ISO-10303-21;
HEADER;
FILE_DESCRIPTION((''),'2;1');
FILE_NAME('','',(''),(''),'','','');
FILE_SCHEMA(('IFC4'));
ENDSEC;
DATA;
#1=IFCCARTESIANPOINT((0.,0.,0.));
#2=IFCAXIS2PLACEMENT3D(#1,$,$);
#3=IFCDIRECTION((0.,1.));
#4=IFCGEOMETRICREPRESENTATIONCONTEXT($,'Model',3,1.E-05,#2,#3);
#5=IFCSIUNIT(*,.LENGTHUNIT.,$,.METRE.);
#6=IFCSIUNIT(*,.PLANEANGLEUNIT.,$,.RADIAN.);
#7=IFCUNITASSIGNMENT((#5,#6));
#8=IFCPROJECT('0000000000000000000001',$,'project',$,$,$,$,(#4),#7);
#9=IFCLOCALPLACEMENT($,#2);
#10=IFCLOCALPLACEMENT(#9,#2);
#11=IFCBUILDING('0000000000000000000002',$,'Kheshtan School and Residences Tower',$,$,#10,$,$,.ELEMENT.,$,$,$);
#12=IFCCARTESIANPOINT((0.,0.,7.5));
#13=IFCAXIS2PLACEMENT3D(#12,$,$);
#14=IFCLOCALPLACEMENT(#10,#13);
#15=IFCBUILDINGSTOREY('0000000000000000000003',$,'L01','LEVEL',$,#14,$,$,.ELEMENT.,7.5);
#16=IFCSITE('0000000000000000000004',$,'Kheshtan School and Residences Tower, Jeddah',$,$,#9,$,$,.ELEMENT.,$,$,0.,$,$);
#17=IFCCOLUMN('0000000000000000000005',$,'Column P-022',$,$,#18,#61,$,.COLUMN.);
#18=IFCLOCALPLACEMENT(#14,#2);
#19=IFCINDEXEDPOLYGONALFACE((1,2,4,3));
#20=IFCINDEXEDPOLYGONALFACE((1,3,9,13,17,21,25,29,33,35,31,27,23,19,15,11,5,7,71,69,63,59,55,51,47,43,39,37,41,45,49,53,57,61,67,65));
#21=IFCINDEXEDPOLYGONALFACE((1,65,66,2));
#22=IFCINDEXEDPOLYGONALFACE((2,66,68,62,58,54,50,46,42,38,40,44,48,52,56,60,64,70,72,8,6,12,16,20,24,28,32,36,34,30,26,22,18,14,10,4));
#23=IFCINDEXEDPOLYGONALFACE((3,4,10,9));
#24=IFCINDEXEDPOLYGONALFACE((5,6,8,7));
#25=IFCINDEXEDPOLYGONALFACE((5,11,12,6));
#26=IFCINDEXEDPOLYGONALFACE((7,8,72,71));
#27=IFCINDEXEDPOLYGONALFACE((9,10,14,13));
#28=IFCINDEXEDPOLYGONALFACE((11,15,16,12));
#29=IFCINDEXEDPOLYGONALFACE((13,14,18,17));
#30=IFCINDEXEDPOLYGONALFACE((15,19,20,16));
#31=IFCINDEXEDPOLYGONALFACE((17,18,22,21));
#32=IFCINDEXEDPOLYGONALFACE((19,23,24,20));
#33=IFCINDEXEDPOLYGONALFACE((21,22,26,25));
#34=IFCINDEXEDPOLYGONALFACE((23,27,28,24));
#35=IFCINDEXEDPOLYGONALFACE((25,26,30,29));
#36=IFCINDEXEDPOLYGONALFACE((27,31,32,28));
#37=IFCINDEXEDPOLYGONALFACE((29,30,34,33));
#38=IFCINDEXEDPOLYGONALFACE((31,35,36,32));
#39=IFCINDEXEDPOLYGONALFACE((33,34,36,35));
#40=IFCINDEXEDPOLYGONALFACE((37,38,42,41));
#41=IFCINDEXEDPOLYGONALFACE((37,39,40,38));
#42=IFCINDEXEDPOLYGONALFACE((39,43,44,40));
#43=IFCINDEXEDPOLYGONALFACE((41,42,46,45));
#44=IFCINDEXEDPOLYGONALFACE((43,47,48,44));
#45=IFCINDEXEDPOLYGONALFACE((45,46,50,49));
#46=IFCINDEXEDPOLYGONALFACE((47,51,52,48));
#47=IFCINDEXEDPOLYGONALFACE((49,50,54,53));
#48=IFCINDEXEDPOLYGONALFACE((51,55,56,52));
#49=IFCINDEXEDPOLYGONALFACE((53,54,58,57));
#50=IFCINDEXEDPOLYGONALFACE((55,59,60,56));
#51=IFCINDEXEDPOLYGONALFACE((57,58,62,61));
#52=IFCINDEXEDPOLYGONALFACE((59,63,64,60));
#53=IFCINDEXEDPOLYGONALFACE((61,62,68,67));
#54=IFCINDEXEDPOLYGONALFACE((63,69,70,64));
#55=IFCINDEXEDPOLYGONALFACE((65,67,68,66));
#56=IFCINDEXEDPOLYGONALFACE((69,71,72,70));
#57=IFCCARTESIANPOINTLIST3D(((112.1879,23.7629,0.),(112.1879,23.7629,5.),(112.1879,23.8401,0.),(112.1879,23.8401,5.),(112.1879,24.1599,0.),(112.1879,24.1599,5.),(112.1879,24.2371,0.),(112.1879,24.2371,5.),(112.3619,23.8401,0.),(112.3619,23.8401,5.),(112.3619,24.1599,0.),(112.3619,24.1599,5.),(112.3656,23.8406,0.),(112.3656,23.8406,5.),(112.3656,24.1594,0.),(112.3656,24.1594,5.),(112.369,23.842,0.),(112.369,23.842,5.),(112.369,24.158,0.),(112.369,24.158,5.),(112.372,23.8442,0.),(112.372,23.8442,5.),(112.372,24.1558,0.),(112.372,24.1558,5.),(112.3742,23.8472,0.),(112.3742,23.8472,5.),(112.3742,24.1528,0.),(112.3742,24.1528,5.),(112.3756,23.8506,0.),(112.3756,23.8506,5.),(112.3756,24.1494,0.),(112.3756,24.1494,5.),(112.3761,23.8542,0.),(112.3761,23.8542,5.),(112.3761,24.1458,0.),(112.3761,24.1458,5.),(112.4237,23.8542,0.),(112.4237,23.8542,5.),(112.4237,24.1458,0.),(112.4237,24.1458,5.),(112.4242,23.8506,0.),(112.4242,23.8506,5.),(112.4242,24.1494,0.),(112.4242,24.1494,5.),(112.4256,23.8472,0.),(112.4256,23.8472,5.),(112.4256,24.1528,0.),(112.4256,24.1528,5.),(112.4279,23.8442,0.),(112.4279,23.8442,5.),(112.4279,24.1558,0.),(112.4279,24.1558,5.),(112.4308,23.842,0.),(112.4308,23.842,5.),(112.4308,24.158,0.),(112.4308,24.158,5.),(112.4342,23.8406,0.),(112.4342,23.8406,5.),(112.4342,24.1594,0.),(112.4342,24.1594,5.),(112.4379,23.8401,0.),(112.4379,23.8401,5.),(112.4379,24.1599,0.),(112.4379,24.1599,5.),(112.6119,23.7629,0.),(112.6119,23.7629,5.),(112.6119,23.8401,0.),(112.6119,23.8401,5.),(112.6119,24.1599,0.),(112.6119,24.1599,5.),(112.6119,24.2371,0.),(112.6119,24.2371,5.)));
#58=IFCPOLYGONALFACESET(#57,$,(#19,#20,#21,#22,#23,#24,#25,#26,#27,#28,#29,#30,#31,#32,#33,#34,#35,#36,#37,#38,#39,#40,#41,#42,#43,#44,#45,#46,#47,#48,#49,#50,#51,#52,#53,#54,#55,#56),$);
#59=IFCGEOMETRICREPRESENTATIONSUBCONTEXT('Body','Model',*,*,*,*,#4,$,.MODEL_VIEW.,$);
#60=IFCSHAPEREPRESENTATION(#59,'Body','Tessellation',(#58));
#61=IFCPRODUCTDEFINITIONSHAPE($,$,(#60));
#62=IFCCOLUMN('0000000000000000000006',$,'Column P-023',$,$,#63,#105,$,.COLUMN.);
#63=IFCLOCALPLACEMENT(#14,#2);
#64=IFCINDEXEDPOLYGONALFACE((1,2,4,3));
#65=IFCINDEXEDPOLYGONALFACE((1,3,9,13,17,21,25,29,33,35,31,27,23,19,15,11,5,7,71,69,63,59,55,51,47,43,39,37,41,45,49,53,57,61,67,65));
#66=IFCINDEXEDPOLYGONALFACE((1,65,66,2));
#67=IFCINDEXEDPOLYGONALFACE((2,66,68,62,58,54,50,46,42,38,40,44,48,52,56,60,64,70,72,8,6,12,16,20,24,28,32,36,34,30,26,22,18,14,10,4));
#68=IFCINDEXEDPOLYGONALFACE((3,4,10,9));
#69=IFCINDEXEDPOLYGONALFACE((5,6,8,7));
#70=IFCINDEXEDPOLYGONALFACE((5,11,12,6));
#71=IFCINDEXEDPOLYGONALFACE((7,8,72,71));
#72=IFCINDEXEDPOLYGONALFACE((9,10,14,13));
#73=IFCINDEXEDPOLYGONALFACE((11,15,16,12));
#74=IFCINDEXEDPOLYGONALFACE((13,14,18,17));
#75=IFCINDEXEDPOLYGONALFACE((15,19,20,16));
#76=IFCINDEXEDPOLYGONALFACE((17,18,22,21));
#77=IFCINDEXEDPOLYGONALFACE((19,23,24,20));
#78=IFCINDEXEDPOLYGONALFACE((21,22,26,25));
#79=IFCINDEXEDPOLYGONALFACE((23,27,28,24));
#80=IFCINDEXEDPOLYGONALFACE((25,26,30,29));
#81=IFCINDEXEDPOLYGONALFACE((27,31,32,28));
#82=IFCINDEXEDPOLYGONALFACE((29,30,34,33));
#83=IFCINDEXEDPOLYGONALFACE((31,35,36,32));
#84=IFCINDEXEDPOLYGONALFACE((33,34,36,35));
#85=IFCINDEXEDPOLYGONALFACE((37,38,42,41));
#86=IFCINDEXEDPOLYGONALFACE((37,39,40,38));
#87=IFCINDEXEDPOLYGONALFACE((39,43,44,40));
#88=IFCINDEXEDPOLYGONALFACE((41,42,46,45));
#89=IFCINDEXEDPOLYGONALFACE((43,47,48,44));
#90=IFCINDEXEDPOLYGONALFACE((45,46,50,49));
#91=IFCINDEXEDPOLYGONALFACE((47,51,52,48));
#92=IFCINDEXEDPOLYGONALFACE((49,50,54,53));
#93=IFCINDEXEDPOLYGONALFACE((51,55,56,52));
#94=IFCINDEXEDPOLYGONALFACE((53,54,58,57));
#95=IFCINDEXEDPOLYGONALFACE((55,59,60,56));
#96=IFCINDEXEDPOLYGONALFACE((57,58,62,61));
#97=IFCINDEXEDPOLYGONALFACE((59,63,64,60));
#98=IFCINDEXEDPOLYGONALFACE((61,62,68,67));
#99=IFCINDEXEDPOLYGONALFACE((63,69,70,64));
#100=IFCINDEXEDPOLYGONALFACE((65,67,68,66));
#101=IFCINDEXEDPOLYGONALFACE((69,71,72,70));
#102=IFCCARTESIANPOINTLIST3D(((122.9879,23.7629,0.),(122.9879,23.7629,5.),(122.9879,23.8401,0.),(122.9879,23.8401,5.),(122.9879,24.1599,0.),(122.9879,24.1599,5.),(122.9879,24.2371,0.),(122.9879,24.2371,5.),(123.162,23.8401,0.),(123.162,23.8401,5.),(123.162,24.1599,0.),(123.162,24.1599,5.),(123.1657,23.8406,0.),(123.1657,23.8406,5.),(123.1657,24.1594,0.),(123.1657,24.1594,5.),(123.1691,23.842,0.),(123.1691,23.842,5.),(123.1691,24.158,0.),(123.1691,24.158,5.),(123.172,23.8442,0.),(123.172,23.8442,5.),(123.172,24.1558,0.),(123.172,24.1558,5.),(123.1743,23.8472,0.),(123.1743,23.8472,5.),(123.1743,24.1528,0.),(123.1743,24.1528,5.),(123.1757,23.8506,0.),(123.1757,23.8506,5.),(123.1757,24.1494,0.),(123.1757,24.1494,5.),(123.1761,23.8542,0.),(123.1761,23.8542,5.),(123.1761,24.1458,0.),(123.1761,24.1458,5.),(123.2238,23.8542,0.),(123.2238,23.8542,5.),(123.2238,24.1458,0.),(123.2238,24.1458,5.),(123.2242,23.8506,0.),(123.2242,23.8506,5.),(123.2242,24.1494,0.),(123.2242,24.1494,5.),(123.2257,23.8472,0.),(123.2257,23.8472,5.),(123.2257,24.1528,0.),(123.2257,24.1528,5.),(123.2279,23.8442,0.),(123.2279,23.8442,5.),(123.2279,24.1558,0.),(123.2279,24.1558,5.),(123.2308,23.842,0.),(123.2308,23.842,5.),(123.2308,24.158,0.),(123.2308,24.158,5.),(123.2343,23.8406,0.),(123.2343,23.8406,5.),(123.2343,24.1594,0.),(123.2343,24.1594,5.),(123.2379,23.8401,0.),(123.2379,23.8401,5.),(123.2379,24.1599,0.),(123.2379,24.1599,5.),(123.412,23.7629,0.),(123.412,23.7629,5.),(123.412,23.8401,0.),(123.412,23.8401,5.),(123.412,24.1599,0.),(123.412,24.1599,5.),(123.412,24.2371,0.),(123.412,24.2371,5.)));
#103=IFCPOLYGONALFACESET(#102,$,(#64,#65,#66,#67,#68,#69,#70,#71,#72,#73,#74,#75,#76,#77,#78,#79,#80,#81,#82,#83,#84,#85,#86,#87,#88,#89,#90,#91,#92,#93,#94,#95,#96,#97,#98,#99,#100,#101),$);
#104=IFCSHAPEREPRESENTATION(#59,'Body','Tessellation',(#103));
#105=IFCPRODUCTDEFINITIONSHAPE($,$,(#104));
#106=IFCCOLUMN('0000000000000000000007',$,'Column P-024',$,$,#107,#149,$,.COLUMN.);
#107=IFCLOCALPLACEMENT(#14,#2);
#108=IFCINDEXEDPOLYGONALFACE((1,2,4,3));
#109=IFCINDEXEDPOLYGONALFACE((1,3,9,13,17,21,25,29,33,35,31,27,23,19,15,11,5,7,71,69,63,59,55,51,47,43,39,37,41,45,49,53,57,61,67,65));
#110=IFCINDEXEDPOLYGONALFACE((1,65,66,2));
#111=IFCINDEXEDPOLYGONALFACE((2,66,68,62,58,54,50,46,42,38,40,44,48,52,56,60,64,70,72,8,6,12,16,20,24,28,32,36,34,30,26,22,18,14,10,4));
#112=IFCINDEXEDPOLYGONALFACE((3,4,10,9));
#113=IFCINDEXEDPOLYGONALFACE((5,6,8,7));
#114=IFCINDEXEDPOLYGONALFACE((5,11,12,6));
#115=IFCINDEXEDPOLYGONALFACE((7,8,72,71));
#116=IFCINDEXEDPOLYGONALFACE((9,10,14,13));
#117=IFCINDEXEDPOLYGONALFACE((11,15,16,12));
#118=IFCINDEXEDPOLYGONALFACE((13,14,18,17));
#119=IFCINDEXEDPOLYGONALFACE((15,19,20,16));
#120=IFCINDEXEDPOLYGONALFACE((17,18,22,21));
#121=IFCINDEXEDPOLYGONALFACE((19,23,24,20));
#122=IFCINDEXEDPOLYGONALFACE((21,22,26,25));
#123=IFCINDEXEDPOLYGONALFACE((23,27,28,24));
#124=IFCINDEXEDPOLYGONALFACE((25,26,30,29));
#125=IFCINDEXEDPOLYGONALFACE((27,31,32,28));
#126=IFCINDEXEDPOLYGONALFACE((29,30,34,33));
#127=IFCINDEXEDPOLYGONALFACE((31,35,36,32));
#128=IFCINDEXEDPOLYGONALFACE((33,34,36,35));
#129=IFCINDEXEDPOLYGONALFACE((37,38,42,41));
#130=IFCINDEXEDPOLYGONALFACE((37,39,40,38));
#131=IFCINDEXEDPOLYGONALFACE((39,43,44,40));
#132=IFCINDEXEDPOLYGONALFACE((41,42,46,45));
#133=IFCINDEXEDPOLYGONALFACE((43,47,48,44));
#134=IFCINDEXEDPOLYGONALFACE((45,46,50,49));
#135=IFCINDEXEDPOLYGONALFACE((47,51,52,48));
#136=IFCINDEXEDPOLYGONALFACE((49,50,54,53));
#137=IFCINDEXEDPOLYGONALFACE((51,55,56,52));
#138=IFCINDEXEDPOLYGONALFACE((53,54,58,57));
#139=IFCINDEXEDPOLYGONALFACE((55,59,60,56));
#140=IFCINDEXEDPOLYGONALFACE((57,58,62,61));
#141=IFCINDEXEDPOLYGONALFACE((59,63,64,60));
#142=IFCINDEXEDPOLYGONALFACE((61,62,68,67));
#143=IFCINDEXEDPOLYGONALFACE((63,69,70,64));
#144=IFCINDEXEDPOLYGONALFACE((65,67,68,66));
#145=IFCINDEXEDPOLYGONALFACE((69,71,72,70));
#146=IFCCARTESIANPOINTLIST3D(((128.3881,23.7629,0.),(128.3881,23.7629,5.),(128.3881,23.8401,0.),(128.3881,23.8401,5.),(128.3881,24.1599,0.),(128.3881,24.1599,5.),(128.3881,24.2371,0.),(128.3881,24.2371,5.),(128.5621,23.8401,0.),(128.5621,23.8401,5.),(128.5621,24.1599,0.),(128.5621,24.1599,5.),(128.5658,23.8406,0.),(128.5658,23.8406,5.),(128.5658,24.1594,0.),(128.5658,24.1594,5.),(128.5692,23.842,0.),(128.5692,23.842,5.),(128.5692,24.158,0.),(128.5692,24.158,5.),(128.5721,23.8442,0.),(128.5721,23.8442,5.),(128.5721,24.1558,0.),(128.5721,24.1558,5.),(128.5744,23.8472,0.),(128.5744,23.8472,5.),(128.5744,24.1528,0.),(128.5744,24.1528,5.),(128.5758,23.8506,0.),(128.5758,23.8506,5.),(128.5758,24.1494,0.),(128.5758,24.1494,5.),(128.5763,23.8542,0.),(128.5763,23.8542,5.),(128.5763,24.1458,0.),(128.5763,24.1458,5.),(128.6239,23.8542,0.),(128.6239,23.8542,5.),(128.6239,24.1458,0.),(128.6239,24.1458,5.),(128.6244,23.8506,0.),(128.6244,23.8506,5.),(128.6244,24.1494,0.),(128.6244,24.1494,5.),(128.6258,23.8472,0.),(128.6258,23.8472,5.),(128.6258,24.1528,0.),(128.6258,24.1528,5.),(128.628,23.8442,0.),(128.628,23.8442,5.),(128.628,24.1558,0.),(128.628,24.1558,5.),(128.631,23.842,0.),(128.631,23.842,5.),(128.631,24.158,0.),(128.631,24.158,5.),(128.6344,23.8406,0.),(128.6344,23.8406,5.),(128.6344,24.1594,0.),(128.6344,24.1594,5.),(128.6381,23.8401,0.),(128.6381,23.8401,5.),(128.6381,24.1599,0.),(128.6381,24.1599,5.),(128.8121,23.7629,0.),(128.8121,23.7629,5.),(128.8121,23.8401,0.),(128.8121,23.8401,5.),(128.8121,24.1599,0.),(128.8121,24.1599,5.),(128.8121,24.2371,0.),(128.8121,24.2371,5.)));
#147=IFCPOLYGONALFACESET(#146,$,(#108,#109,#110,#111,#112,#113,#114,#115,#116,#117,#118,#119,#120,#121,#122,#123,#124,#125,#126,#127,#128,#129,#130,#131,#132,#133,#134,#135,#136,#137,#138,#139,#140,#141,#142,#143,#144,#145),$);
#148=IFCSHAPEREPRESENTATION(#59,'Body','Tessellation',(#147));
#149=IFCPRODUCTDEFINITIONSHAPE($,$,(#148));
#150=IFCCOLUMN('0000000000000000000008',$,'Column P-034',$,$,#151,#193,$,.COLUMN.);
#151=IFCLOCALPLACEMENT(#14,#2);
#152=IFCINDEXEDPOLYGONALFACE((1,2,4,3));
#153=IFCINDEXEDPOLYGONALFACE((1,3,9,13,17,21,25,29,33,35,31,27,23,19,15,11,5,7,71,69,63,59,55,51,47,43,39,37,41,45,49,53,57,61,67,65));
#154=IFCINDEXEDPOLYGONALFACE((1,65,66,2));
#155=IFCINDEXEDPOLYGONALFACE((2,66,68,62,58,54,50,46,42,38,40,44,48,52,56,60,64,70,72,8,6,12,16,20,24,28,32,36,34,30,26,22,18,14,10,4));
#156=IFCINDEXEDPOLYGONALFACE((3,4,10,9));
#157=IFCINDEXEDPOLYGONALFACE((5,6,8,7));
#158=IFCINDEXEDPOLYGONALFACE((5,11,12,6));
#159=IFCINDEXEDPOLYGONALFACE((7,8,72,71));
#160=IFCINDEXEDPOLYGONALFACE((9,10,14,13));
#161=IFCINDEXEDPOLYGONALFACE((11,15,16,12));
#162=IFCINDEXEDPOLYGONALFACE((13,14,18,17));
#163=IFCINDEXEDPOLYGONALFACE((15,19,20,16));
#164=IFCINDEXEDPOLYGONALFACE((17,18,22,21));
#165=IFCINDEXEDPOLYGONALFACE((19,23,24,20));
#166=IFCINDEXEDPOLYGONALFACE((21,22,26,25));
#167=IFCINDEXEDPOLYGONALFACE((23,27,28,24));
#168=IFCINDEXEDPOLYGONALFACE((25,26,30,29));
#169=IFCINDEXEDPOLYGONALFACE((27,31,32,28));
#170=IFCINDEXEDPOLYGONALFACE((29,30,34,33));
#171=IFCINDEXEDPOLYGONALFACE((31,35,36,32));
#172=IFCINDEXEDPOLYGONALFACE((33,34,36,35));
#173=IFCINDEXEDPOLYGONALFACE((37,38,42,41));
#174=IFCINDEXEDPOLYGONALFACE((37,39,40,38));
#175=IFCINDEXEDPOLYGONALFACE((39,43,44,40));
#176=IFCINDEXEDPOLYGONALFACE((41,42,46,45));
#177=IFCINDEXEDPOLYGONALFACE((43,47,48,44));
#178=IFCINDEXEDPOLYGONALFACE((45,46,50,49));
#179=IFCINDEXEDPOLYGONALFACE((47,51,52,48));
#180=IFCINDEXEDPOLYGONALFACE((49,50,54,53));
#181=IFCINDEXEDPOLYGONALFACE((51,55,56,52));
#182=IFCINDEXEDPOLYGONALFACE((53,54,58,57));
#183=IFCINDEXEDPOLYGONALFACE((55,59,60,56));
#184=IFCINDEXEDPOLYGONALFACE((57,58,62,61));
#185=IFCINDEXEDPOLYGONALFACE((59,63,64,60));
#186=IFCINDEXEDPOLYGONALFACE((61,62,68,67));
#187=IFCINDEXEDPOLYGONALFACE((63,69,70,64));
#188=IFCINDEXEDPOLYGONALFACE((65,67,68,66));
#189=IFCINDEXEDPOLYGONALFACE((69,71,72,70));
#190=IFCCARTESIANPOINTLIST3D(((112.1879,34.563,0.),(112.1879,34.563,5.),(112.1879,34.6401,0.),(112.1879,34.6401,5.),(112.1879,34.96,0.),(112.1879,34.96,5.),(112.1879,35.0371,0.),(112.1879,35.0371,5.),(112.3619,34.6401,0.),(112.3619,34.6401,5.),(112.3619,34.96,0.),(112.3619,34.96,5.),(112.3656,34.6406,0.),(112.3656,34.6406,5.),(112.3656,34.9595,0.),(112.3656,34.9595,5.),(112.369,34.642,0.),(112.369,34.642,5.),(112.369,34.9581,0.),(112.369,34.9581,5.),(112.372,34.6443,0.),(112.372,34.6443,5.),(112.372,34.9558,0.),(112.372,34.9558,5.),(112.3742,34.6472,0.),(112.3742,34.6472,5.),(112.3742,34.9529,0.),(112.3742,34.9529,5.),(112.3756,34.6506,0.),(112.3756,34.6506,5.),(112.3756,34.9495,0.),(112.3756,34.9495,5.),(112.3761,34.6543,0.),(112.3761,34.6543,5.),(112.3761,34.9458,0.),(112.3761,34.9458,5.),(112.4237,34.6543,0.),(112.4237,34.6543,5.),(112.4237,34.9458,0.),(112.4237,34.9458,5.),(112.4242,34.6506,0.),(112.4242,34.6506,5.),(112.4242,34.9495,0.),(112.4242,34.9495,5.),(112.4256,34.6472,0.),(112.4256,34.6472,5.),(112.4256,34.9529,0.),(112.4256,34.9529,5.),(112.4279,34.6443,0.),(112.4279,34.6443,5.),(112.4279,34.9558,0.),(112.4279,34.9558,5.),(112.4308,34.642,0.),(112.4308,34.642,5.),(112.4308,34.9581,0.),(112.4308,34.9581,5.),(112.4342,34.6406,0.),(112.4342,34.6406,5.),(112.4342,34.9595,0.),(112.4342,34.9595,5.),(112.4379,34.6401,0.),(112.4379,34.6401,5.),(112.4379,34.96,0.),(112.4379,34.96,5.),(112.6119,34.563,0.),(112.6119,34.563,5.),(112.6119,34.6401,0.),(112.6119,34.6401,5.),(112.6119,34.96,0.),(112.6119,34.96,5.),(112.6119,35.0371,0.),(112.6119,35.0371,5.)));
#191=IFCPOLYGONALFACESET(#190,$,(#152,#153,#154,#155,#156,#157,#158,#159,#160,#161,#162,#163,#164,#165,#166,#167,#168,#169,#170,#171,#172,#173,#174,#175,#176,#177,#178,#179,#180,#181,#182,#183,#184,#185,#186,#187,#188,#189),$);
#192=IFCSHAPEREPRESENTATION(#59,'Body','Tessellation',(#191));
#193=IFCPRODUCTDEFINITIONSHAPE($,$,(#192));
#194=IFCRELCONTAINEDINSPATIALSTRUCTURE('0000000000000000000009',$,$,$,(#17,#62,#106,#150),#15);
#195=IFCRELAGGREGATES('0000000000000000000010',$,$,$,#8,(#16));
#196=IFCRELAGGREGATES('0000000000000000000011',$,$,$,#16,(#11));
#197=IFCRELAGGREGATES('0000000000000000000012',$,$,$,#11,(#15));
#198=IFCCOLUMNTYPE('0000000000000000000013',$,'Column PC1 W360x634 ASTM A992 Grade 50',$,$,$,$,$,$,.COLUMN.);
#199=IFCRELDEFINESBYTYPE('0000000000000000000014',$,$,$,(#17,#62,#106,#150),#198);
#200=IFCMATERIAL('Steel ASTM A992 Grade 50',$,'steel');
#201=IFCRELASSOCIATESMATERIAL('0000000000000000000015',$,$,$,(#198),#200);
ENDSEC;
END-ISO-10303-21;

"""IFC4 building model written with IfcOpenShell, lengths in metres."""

from ifc_helpers import new_model, si_unit, direction, frame, origin, origin_2d, place, context, subcontext, project, spatial, i_section, extrude, material, material_profile, profile_set, type_object, element, save


model = new_model("IFC4")

# Units and contexts
model_context = context("Model", 3, precision=1e-05, world=origin(), true_north=direction((0.0, 1.0)))
body_context = subcontext(model_context, "Body", "Model", "MODEL_VIEW")
ifc_project = project(units=[si_unit("LENGTHUNIT", "METRE"), si_unit("PLANEANGLEUNIT", "RADIAN")], contexts=[model_context])

# Site, building, storey
site_placement = place(None, origin())
site = spatial("IfcSite", under=ifc_project, at=site_placement, Name="Kheshtan School and Residences Tower, Jeddah", CompositionType="ELEMENT", RefElevation=0.0)
building_placement = place(site_placement, origin())
building = spatial("IfcBuilding", under=site, at=building_placement, Name="Kheshtan School and Residences Tower", CompositionType="ELEMENT")
storey_placement = place(building_placement, frame((0.0, 0.0, 7.5)))
storey = spatial("IfcBuildingStorey", under=building, at=storey_placement, Name="L01", Description="LEVEL", CompositionType="ELEMENT", Elevation=7.5)

# Columns
ifc_material_1 = material(Name="Steel ASTM A992 Grade 50", Category="steel")
ifc_material_profile = material_profile(ifc_material_1, i_section(OverallWidth=0.4241, OverallDepth=0.4741, WebThickness=0.0476, FlangeThickness=0.0771, FilletRadius=0.0142, at=origin_2d()), Name="W360x634")
ifc_profile_set = profile_set([ifc_material_profile], Name="Steel ASTM A992 Grade 50")
column_type = type_object("IfcColumnType", Name="Column PC1 W360x634 ASTM A992 Grade 50", PredefinedType="COLUMN", material=ifc_profile_set)
for number, where, z_axis, x_axis, name in (
    (1, (112.3999, 24.0, 0.0), (0.0, 0.0, 1.0), (1.0, 0.0, 0.0), "Column P-022"),
    (2, (123.2, 24.0, 0.0), (0.0, 0.0, 1.0), (1.0, 0.0, 0.0), "Column P-023"),
    (3, (128.6001, 24.0, 0.0), (0.0, 0.0, 1.0), (1.0, 0.0, 0.0), "Column P-024"),
    (4, (112.3999, 34.8, 0.0), (0.0, 0.0, 1.0), (1.0, 0.0, 0.0), "Column P-034"),
):
    element("IfcColumn", number, at=place(storey_placement, frame(where, z_axis=z_axis, x_axis=x_axis)), inside=storey, type_object=column_type, Name=name, PredefinedType="COLUMN", context=body_context, shape_type="SweptSolid", body=[
        extrude(i_section(OverallWidth=0.4241, OverallDepth=0.4741, WebThickness=0.0476, FlangeThickness=0.0771, FilletRadius=0.0142, at=origin_2d()), origin(), (0.0, 0.0, 1.0), 5.0),
    ])

save(model, "model.ifc")
